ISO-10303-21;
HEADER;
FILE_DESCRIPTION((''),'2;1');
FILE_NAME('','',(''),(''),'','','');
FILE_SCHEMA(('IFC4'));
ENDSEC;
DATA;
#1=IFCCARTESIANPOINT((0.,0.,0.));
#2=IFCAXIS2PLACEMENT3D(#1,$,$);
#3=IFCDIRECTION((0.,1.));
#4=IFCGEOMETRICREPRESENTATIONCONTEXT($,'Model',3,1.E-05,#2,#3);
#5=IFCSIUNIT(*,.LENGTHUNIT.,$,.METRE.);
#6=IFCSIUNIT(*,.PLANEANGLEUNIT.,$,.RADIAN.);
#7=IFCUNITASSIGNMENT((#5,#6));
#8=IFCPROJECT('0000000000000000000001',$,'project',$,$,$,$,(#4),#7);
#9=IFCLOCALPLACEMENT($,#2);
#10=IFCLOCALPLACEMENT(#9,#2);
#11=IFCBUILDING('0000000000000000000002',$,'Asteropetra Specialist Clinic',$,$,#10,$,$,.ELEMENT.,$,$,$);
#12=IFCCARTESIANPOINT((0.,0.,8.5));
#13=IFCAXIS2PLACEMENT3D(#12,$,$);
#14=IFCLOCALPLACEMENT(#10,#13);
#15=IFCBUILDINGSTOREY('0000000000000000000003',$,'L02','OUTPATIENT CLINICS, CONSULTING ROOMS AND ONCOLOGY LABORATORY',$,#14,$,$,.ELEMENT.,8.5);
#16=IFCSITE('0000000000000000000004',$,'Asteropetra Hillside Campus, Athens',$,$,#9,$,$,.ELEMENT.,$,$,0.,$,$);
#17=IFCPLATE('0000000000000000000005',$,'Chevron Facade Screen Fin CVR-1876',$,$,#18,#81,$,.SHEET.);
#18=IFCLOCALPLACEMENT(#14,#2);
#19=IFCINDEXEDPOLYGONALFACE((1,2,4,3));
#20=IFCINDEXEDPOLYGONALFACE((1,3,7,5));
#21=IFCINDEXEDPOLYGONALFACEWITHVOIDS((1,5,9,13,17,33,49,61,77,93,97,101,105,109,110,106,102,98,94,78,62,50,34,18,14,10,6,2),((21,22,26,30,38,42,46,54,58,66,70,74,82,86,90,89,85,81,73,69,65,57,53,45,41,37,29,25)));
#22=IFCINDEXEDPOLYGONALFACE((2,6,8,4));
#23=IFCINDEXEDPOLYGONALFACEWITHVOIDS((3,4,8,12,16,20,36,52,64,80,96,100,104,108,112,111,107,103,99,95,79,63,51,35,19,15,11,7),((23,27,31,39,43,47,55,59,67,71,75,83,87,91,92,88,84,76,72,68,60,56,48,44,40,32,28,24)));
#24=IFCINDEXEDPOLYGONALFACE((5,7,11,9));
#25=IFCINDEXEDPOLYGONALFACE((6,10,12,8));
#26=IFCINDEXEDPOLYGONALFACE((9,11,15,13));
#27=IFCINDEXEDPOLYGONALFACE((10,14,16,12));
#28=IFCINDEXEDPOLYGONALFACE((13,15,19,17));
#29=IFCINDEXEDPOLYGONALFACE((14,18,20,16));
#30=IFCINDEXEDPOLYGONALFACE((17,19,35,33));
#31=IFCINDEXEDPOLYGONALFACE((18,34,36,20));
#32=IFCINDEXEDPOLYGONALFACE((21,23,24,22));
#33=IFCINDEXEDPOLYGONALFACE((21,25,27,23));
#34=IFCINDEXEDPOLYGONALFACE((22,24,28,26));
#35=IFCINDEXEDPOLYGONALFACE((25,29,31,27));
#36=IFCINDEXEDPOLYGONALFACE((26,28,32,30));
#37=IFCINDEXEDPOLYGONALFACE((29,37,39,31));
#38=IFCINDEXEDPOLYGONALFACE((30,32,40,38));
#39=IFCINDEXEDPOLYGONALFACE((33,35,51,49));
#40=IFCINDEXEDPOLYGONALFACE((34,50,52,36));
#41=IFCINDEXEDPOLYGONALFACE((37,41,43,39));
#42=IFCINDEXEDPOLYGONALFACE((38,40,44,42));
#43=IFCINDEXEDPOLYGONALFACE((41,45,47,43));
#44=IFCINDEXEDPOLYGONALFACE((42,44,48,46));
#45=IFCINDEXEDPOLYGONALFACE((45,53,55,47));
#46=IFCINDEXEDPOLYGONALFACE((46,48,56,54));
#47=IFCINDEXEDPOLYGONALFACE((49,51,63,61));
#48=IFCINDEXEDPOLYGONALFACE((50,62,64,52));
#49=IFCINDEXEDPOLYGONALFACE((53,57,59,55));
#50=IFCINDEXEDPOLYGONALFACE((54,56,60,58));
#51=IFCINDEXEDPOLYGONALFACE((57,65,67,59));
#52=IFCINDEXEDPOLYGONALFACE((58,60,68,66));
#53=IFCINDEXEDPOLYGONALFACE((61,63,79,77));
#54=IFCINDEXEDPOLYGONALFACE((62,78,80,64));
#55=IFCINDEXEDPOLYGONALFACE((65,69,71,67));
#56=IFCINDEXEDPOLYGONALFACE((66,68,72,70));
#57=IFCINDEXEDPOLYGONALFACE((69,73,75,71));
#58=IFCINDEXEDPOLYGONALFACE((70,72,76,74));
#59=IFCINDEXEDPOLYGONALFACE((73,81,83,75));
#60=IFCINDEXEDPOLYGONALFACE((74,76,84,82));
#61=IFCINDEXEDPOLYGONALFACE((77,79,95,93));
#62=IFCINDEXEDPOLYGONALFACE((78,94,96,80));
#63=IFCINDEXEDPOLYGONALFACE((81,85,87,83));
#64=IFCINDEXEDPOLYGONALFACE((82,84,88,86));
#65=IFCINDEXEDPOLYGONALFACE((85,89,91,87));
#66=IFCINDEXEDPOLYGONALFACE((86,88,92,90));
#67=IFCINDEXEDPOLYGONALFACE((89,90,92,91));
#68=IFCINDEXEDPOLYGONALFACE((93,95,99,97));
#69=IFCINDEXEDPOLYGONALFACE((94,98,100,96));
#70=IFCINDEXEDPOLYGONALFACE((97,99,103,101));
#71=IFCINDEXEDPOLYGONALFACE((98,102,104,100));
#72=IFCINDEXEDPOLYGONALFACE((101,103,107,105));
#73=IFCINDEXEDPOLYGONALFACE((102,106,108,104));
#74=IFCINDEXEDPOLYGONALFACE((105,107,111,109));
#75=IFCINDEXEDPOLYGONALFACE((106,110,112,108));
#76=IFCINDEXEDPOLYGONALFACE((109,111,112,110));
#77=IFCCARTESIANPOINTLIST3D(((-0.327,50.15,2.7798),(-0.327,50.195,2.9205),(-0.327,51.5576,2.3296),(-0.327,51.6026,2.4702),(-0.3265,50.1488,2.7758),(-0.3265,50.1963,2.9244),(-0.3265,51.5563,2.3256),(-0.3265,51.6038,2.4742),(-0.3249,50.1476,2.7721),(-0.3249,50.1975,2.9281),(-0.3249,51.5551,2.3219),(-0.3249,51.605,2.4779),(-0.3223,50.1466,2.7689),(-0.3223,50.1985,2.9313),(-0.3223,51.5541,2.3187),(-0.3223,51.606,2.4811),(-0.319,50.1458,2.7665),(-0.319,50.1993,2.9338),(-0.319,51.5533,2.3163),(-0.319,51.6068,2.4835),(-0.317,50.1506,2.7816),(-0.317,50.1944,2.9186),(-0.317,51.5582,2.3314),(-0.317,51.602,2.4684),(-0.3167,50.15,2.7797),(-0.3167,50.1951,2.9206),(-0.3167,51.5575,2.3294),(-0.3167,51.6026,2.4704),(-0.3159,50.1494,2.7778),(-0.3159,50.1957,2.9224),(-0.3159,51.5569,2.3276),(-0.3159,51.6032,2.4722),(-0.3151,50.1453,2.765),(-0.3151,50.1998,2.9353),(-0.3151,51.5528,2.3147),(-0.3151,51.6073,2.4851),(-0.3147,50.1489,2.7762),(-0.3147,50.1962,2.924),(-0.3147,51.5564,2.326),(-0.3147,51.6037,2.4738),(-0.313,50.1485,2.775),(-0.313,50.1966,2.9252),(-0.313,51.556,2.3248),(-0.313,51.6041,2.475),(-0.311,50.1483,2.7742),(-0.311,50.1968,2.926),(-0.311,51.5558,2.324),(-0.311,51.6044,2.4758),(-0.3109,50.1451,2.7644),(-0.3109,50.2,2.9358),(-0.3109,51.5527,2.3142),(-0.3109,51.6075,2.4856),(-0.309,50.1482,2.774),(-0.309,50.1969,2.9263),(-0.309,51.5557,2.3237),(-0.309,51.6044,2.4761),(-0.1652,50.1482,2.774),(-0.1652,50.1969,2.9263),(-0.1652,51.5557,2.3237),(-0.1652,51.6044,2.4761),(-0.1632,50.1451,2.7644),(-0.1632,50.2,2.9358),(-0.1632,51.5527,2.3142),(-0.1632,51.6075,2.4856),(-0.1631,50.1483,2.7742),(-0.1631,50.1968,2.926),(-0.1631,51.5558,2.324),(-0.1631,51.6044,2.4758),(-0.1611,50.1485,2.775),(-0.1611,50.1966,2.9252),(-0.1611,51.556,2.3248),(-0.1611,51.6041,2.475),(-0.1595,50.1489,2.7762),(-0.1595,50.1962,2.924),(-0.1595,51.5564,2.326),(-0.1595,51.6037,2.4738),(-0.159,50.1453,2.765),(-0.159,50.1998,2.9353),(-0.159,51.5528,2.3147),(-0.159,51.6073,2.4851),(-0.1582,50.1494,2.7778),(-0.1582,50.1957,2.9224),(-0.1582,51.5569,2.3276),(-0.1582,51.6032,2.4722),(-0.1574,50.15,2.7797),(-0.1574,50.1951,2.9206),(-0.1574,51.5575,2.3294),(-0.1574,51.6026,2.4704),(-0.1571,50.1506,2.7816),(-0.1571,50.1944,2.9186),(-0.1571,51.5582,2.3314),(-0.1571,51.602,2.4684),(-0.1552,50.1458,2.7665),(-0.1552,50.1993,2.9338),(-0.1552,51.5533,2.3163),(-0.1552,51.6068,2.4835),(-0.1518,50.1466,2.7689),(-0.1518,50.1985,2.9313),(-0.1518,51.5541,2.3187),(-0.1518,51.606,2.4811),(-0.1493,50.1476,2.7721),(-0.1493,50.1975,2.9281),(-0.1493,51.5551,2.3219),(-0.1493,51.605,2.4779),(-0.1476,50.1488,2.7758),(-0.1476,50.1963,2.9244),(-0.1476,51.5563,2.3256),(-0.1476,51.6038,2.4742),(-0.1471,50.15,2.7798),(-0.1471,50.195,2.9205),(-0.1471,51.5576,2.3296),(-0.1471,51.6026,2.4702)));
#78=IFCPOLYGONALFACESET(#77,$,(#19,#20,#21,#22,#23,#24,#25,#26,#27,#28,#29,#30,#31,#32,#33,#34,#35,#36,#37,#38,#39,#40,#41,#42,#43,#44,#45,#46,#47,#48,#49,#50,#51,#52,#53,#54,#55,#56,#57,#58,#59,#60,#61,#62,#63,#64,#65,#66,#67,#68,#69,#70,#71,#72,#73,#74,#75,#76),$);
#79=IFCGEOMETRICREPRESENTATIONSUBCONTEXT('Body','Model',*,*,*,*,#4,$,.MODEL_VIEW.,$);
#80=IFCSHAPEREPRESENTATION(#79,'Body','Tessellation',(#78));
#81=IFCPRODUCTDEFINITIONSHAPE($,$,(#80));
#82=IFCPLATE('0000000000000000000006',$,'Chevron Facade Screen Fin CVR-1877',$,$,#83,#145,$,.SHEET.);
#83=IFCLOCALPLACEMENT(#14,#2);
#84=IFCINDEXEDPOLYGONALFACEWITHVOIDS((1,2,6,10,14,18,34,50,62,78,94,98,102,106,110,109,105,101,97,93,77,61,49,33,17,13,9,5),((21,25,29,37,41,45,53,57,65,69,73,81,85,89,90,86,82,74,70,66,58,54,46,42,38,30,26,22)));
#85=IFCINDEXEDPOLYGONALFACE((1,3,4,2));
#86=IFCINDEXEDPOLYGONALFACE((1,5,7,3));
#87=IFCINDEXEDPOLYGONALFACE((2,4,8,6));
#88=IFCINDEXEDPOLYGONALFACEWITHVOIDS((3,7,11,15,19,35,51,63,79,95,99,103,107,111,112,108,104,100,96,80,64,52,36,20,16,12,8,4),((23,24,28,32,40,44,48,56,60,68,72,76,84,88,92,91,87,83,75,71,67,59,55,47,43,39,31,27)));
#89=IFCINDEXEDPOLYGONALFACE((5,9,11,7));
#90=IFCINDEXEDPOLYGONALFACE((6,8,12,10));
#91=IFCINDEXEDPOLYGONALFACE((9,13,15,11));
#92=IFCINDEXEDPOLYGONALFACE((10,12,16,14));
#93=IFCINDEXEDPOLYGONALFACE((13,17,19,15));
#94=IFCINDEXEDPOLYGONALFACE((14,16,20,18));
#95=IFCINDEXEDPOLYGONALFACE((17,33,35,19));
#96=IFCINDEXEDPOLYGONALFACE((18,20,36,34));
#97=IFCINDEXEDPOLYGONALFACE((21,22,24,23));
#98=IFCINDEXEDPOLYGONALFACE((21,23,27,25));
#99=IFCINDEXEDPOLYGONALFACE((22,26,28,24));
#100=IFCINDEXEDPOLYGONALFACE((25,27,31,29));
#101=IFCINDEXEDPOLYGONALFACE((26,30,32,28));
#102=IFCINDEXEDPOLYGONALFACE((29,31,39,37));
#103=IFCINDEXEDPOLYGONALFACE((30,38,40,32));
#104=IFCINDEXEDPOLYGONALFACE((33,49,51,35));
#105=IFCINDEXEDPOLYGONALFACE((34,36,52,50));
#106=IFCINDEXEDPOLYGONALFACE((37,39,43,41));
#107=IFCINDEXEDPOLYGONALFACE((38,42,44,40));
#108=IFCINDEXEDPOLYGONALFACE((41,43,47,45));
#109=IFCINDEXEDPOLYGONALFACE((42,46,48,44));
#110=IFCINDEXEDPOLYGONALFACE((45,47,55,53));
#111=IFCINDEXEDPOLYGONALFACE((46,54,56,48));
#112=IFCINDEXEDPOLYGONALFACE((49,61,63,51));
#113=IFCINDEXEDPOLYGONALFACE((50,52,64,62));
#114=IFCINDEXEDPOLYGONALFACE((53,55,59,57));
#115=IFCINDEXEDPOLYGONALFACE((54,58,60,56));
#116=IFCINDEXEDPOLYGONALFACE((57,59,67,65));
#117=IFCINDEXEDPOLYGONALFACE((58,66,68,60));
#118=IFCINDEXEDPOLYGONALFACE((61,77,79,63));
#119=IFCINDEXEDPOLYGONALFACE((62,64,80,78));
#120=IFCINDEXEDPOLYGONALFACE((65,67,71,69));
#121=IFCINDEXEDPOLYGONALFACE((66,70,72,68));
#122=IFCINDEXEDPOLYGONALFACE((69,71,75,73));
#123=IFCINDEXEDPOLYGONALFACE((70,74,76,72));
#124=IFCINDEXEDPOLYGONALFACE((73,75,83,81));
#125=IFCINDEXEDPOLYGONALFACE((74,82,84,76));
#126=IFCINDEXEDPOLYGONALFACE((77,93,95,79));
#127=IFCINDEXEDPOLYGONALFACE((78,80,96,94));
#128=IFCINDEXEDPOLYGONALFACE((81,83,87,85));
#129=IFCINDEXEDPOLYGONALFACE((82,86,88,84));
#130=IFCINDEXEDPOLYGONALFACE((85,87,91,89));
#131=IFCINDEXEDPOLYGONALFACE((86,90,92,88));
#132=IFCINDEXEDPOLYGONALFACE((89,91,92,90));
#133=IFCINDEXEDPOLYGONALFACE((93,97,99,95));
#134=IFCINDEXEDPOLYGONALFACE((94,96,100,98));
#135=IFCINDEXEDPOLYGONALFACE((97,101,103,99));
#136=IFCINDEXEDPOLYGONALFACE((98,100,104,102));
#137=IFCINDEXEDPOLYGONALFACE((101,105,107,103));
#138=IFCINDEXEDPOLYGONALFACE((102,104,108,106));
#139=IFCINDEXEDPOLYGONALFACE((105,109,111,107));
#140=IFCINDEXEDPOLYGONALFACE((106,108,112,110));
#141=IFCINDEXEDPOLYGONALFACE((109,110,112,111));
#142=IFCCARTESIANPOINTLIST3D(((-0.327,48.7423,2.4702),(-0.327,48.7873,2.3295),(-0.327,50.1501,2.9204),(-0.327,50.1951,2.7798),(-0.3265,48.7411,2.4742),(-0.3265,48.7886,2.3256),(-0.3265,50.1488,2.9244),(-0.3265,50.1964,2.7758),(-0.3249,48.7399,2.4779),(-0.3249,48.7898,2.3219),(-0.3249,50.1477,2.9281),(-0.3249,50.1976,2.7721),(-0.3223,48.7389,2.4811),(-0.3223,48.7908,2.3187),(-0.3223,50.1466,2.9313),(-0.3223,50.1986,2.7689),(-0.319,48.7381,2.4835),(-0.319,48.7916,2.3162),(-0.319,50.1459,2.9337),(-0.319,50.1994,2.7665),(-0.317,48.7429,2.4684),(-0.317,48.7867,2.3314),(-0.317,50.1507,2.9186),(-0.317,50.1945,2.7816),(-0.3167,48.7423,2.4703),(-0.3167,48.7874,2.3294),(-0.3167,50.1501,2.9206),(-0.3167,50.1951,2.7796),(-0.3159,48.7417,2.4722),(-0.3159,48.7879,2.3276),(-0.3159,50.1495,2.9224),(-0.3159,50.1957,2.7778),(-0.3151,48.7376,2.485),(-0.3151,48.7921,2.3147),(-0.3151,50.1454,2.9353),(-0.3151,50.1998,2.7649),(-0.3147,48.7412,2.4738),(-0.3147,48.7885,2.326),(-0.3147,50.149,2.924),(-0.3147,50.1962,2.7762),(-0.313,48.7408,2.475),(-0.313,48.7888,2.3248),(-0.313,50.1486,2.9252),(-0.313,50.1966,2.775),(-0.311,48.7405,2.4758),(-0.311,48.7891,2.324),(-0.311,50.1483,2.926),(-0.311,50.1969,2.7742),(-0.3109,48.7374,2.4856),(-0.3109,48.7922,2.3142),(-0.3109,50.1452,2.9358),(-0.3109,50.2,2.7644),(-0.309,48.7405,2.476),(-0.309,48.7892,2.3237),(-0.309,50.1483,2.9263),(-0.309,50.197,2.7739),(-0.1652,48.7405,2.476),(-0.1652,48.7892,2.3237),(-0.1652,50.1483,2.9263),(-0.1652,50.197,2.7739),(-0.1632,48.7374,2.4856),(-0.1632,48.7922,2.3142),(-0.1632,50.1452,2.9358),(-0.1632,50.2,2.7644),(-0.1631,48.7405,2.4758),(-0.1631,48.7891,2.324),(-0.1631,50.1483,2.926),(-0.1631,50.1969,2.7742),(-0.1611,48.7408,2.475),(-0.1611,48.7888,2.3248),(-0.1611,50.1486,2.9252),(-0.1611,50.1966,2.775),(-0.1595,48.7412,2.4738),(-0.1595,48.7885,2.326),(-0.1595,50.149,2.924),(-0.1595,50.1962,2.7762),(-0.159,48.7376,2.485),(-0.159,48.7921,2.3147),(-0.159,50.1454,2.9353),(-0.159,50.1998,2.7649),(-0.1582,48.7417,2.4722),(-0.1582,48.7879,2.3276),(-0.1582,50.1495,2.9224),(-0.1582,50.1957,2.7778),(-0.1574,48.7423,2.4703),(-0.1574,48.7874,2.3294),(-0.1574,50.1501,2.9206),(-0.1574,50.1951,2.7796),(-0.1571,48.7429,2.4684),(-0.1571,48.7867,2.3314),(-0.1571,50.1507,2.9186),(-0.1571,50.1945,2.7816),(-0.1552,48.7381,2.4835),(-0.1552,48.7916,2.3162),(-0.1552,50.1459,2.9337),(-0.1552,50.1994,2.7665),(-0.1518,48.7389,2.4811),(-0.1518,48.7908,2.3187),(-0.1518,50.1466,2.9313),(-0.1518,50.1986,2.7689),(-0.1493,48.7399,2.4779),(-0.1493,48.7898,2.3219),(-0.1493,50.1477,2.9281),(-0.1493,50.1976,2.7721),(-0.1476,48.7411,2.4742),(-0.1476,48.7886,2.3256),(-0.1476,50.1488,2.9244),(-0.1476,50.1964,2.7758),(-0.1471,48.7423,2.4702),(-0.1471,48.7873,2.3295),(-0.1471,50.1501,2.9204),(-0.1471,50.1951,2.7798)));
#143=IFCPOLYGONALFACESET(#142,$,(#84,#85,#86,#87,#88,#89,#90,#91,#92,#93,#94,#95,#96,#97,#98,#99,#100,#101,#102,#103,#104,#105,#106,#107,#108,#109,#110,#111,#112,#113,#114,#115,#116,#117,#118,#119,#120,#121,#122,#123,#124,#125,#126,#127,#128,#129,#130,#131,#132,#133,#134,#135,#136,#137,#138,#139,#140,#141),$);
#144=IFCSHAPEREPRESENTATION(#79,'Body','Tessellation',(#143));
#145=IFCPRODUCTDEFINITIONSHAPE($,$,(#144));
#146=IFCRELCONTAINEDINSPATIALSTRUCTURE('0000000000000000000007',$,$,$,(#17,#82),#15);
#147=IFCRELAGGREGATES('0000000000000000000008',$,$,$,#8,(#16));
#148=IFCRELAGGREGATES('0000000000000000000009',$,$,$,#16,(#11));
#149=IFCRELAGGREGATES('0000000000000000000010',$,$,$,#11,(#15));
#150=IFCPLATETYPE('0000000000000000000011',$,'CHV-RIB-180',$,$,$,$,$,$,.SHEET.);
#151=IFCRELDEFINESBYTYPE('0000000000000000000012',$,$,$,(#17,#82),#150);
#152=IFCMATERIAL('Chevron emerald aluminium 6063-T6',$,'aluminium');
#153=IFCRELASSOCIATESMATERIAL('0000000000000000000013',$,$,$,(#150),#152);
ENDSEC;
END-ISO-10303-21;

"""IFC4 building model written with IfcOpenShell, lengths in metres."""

from ifc_helpers import new_model, si_unit, direction, frame, origin, origin_2d, place, context, subcontext, project, spatial, hollow_rectangle, extrude, material, material_profile, profile_set, type_object, element, save


model = new_model("IFC4")

# Units and contexts
model_context = context("Model", 3, precision=1e-05, world=origin(), true_north=direction((0.0, 1.0)))
body_context = subcontext(model_context, "Body", "Model", "MODEL_VIEW")
ifc_project = project(units=[si_unit("LENGTHUNIT", "METRE"), si_unit("PLANEANGLEUNIT", "RADIAN")], contexts=[model_context])

# Site, building, storey
site_placement = place(None, origin())
site = spatial("IfcSite", under=ifc_project, at=site_placement, Name="Asteropetra Hillside Campus, Athens", CompositionType="ELEMENT", RefElevation=0.0)
building_placement = place(site_placement, origin())
building = spatial("IfcBuilding", under=site, at=building_placement, Name="Asteropetra Specialist Clinic", CompositionType="ELEMENT")
storey_placement = place(building_placement, frame((0.0, 0.0, 8.5)))
storey = spatial("IfcBuildingStorey", under=building, at=storey_placement, Name="L02", Description="OUTPATIENT CLINICS, CONSULTING ROOMS AND ONCOLOGY LABORATORY", CompositionType="ELEMENT", Elevation=8.5)

# Plates
ifc_material = material(Name="Chevron emerald aluminium 6063-T6", Category="aluminium")
ifc_material_profile = material_profile(ifc_material, hollow_rectangle(XDim=0.1799, YDim=0.1799, WallThickness=0.01, InnerFilletRadius=0.0081, OuterFilletRadius=0.0161, at=origin_2d()), Name="SHS 180x180x10.0")
ifc_profile_set = profile_set([ifc_material_profile], Name="Chevron emerald aluminium 6063-T6")
plate_type = type_object("IfcPlateType", Name="CHV-RIB-180", PredefinedType="SHEET", material=ifc_profile_set)
for number, where, z_axis, x_axis, name in (
    (1, (-0.2371, 51.5801, 2.3999), (0.0, -0.952463, 0.304656), (1.0, 0.0, 0.0), "Chevron Facade Screen Fin CVR-1876"),
):
    element("IfcPlate", number, at=place(storey_placement, frame(where, z_axis=z_axis, x_axis=x_axis)), inside=storey, type_object=plate_type, Name=name, PredefinedType="SHEET", context=body_context, shape_type="SweptSolid", body=[
        extrude(hollow_rectangle(XDim=0.1799, YDim=0.1799, WallThickness=0.01, InnerFilletRadius=0.0081, OuterFilletRadius=0.0161, at=origin_2d()), origin(), (0.0, 0.0, 1.0), 1.4778),
    ])
plate_1_placement = place(storey_placement, frame((-0.2371, 50.1726, 2.8501), z_axis=(0.0, -0.952478, -0.304608), x_axis=(1.0, 0.0, 0.0)))
element("IfcPlate", 2, at=plate_1_placement, inside=storey, type_object=plate_type, Name="Chevron Facade Screen Fin CVR-1877", PredefinedType="SHEET", context=body_context, shape_type="SweptSolid", body=[
    extrude(hollow_rectangle(XDim=0.1799, YDim=0.1799, WallThickness=0.01, InnerFilletRadius=0.0081, OuterFilletRadius=0.0161, at=origin_2d()), origin(), (0.0, 0.0, 1.0), 1.478),
])

save(model, "model.ifc")
